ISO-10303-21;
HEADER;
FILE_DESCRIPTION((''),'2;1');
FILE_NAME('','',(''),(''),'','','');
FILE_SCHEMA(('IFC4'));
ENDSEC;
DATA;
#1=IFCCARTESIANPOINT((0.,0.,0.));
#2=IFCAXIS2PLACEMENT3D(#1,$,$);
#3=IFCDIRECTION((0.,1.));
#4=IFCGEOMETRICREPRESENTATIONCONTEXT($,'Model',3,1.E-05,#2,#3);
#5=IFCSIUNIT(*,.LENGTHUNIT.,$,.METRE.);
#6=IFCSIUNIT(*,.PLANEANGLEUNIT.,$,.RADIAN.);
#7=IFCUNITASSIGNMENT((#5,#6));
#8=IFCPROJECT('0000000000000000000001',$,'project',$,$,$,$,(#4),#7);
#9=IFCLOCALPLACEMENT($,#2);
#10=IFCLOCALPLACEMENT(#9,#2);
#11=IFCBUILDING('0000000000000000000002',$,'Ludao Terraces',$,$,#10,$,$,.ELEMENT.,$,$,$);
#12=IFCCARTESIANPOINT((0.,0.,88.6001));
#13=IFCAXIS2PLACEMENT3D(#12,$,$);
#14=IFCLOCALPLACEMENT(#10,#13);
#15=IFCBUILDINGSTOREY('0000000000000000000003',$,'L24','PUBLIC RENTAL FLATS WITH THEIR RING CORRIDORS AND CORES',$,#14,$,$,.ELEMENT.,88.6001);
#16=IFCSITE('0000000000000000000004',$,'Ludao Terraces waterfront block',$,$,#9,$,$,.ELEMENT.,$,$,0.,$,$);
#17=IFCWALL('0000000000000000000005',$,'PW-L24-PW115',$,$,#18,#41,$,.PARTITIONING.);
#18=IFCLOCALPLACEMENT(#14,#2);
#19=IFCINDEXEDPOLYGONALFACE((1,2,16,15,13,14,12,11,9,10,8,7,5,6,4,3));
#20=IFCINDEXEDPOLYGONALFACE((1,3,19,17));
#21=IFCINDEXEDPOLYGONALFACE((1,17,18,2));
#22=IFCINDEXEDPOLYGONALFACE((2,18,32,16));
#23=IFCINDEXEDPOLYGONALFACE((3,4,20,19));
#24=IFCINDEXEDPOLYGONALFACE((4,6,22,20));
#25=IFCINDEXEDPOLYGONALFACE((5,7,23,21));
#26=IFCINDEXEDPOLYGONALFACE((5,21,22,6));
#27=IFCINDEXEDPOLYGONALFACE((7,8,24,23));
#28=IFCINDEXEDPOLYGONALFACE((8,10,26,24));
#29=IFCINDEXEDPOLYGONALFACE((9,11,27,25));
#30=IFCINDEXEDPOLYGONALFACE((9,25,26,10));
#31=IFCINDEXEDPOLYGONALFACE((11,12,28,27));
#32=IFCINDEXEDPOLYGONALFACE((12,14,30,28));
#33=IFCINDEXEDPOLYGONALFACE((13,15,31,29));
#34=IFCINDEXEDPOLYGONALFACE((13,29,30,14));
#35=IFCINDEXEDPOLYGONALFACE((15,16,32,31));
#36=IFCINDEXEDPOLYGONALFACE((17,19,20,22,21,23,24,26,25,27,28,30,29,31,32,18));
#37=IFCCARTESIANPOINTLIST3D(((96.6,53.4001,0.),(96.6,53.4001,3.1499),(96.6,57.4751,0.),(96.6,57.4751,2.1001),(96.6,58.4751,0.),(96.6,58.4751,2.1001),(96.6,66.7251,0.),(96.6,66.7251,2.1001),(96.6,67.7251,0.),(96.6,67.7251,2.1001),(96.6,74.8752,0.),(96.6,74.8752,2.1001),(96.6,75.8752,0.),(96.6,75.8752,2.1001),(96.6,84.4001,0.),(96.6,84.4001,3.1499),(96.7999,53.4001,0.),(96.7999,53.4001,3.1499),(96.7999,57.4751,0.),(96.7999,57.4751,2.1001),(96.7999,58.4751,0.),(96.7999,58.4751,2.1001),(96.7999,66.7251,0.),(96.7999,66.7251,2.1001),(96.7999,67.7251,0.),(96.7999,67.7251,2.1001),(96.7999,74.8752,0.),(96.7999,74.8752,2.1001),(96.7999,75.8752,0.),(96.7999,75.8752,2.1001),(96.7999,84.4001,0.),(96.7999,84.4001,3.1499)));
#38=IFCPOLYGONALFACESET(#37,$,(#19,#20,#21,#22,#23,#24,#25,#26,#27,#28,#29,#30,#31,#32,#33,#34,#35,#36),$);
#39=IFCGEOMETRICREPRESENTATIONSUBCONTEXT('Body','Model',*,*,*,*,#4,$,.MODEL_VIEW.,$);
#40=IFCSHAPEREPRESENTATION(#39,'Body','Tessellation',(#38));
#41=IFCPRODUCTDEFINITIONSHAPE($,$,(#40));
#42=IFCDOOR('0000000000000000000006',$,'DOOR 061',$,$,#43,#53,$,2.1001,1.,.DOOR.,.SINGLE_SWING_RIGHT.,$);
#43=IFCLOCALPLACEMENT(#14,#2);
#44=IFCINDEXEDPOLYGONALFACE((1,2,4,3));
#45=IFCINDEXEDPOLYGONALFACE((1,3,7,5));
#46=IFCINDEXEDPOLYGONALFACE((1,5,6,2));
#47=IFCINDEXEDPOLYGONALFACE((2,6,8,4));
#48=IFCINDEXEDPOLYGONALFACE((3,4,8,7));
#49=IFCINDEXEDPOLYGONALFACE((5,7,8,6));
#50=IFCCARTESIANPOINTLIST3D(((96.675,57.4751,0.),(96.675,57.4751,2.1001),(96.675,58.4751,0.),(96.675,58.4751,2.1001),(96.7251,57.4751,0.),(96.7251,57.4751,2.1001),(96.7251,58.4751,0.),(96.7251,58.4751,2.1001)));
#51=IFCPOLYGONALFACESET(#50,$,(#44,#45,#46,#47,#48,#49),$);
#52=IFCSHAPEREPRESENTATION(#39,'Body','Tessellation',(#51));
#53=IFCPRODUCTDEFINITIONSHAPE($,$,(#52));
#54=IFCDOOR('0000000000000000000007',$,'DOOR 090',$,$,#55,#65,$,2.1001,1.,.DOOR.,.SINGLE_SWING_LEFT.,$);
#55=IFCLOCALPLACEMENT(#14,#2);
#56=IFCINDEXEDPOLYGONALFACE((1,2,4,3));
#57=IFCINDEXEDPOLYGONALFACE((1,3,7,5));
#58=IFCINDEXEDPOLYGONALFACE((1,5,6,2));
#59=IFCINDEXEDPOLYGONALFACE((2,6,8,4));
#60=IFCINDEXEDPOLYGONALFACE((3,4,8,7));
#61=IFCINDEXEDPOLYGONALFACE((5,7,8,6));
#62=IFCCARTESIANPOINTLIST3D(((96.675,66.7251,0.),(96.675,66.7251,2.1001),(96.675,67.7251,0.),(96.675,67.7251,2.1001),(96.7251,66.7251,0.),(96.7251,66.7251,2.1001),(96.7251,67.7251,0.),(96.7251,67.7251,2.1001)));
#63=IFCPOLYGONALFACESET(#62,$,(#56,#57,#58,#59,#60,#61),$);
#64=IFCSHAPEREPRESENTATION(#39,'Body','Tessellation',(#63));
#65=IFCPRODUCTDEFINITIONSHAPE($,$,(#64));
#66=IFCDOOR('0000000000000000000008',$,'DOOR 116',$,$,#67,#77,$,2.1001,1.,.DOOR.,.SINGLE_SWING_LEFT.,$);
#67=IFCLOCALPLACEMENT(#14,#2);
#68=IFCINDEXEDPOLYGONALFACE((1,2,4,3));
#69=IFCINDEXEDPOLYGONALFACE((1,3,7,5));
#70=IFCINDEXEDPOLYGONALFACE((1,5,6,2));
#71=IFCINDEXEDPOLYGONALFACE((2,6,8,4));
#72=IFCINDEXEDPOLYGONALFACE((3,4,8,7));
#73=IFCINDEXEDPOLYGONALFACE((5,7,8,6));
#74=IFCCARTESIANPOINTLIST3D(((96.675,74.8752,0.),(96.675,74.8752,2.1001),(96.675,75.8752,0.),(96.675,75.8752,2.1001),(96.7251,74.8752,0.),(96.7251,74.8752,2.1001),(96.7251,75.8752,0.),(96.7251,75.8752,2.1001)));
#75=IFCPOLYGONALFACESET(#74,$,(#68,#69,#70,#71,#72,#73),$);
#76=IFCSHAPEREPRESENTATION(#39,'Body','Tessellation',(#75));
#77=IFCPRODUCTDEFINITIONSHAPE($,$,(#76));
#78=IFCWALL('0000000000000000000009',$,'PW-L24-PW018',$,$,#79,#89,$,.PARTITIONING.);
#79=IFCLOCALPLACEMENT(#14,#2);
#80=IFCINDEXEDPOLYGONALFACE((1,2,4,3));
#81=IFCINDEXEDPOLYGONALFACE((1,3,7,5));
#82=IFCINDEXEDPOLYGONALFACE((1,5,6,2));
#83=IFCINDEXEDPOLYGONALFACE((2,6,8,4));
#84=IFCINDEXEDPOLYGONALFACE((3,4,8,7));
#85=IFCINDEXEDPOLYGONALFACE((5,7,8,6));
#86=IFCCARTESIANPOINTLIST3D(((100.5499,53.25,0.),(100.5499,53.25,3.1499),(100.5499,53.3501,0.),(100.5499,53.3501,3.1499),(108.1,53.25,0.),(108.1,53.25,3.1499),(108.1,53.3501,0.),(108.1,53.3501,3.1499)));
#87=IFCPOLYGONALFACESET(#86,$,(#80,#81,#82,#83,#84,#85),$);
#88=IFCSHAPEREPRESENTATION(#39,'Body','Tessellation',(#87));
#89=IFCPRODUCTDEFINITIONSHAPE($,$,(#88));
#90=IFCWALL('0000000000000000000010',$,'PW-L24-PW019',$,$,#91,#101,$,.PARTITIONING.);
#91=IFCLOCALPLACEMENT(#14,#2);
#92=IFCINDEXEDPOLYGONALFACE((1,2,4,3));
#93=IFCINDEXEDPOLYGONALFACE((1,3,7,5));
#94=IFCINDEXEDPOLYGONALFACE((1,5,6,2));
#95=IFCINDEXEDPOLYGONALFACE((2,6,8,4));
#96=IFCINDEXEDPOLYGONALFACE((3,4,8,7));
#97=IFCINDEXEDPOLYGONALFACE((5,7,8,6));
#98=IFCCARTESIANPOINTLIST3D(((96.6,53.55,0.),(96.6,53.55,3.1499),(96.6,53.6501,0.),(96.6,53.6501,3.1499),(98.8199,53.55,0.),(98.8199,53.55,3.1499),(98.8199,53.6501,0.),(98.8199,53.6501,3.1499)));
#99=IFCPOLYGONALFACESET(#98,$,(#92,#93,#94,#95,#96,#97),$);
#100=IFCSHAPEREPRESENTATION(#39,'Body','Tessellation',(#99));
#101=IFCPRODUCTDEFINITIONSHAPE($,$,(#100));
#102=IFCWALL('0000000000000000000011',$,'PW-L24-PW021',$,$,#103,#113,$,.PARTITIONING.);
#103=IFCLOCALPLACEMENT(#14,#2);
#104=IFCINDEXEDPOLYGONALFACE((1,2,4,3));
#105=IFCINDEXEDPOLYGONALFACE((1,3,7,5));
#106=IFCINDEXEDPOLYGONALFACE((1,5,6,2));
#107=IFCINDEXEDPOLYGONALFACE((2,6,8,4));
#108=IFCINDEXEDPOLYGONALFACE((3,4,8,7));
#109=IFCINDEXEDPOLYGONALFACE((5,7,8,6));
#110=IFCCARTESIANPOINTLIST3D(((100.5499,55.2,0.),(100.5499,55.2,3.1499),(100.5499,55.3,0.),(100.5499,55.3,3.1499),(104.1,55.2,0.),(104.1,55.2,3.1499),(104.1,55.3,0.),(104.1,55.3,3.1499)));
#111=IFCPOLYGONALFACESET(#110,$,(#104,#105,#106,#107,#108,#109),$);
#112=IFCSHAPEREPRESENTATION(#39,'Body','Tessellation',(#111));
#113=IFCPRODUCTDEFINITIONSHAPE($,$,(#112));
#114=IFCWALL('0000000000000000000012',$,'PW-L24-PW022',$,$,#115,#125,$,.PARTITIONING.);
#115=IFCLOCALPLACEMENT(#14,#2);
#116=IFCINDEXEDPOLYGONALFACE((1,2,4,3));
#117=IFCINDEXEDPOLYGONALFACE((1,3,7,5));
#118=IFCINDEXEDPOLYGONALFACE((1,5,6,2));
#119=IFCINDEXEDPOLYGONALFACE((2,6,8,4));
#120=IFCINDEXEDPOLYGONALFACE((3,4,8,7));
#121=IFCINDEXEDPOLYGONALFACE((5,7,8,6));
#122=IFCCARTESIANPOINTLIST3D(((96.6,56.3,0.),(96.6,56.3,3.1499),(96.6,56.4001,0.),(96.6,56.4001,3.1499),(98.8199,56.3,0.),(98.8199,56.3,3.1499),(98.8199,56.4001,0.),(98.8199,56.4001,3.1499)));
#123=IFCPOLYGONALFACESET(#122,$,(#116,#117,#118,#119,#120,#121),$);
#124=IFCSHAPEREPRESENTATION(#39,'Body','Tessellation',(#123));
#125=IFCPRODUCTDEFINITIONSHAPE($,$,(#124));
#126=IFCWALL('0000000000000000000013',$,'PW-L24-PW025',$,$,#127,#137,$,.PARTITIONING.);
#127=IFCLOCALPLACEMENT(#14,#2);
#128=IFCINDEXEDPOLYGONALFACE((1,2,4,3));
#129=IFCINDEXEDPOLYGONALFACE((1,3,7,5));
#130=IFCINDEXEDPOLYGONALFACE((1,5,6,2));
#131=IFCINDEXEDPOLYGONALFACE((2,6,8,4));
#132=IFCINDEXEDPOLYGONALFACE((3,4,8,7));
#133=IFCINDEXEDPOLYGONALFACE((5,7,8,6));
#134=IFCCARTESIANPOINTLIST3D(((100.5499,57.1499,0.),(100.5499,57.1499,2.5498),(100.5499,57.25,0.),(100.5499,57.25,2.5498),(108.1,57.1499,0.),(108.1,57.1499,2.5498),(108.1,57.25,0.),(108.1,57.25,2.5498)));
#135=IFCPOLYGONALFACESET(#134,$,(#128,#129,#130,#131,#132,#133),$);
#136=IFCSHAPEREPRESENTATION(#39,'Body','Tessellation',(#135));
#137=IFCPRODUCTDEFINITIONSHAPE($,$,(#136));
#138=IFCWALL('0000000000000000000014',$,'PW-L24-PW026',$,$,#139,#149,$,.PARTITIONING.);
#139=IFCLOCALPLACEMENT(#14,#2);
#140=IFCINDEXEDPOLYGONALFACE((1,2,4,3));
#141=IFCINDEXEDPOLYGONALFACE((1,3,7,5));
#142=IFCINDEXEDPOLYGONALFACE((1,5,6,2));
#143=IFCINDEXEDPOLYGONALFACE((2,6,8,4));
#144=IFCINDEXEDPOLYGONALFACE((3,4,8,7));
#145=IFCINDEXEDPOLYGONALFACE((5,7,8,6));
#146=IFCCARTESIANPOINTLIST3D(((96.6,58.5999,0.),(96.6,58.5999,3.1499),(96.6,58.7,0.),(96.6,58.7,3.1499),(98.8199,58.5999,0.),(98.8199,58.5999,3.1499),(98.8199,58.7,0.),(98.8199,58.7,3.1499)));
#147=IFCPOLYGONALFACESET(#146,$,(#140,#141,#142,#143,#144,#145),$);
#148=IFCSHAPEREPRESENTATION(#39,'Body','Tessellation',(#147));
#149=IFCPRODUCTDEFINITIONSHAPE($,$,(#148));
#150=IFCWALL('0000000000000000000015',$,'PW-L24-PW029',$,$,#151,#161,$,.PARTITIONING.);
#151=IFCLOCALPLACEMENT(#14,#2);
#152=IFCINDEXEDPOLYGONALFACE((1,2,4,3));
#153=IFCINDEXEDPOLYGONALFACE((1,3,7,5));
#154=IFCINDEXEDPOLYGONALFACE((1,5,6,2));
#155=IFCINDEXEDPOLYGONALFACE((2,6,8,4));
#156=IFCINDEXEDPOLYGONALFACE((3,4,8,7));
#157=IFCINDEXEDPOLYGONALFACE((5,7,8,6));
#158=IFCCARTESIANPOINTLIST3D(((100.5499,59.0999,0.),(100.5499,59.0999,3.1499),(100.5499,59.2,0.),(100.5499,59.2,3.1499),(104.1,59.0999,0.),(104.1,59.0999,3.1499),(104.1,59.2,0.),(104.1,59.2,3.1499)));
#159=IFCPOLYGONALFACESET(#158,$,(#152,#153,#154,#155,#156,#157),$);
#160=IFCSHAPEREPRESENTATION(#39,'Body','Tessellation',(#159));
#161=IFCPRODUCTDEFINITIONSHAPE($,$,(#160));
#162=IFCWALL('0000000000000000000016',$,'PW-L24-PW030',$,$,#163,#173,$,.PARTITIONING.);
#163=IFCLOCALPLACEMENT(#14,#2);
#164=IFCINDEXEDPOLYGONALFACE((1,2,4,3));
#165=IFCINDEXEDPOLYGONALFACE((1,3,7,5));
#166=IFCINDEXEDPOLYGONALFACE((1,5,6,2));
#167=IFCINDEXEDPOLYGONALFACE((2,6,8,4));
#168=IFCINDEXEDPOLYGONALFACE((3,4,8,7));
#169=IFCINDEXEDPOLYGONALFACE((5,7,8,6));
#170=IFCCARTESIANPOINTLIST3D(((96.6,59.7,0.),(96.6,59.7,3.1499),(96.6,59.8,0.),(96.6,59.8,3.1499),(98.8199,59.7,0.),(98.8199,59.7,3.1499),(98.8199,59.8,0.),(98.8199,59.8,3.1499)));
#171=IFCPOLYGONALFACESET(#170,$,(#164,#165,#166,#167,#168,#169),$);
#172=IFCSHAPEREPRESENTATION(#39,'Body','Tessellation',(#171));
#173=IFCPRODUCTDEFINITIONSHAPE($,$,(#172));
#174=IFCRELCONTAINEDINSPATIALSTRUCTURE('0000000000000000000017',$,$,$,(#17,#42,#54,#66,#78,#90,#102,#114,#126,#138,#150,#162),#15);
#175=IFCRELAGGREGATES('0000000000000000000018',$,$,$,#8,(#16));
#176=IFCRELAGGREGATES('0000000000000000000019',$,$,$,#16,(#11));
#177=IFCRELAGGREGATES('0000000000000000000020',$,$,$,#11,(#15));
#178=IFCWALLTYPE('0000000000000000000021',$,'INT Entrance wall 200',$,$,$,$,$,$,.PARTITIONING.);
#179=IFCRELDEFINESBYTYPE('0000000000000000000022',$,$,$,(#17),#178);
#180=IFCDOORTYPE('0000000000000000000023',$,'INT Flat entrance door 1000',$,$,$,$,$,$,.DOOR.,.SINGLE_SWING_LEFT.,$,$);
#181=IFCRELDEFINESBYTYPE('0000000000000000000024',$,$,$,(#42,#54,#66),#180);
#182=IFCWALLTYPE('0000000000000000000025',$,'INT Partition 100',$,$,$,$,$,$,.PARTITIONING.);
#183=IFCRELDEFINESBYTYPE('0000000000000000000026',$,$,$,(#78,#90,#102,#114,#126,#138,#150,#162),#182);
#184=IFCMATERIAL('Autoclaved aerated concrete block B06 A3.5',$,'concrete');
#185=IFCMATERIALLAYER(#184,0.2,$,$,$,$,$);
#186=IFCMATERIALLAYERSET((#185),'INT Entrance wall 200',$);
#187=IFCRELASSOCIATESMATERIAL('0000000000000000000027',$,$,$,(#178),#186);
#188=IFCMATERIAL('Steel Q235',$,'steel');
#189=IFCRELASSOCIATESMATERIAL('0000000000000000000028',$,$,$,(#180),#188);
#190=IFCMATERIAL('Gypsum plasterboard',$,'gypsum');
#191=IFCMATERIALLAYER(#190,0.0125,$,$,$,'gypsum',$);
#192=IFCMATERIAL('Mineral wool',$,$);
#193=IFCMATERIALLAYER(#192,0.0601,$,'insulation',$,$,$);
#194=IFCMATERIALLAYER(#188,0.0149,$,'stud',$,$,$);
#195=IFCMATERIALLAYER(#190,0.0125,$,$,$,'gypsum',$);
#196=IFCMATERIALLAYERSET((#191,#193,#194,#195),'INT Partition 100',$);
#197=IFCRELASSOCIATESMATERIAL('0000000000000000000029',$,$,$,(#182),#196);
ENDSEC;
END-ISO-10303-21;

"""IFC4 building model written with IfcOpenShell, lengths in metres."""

from ifc_helpers import new_model, si_unit, direction, frame, frame_2d, origin, place, context, subcontext, project, spatial, rectangle, extrude, material, layer, layer_set, type_object, element, fill, save


model = new_model("IFC4")

# Units and contexts
model_context = context("Model", 3, precision=1e-05, world=origin(), true_north=direction((0.0, 1.0)))
body_context = subcontext(model_context, "Body", "Model", "MODEL_VIEW")
ifc_project = project(units=[si_unit("LENGTHUNIT", "METRE"), si_unit("PLANEANGLEUNIT", "RADIAN")], contexts=[model_context])

# Site, building, storey
site_placement = place(None, origin())
site = spatial("IfcSite", under=ifc_project, at=site_placement, Name="Ludao Terraces waterfront block", CompositionType="ELEMENT", RefElevation=0.0)
building_placement = place(site_placement, origin())
building = spatial("IfcBuilding", under=site, at=building_placement, Name="Ludao Terraces", CompositionType="ELEMENT")
storey_placement = place(building_placement, frame((0.0, 0.0, 88.6001)))
storey = spatial("IfcBuildingStorey", under=building, at=storey_placement, Name="L24", Description="PUBLIC RENTAL FLATS WITH THEIR RING CORRIDORS AND CORES", CompositionType="ELEMENT", Elevation=88.6001)

# Wall, openings, doors
ifc_material_1 = material(Name="Autoclaved aerated concrete block B06 A3.5", Category="concrete")
ifc_layer_1 = layer(ifc_material_1, 0.2)
ifc_layer_set_1 = layer_set([ifc_layer_1], Name="INT Entrance wall 200")
wall_type_1 = type_object("IfcWallType", Name="INT Entrance wall 200", PredefinedType="PARTITIONING", material=ifc_layer_set_1)
wall_1_placement = place(storey_placement, frame((96.7, 53.4001, 0.0), z_axis=(0.0, 0.0, 1.0), x_axis=(0.0, 1.0, 0.0)))
wall_1 = element("IfcWall", 1, at=wall_1_placement, inside=storey, type_object=wall_type_1, Name="PW-L24-PW115", PredefinedType="PARTITIONING", context=body_context, shape_type="SweptSolid", body=[
    extrude(rectangle(XDim=31.0, YDim=0.2, at=frame_2d((15.5, 0.0))), origin(), (0.0, 0.0, 1.0), 3.1499),
])
opening_1_placement = place(wall_1_placement, frame((4.075, 0.0, 0.0)))
opening_1 = element("IfcOpeningElement", 2, at=opening_1_placement, cuts=wall_1, PredefinedType="OPENING", context=body_context, shape_type="SweptSolid", body=[
    extrude(rectangle(XDim=1.0, YDim=2.1001, at=frame_2d((0.5, 1.05))), frame((0.0, 0.1099, 0.0), z_axis=(0.0, -1.0, 0.0), x_axis=(1.0, 0.0, 0.0)), (0.0, 0.0, 1.0), 0.22),
])
opening_2_placement = place(wall_1_placement, frame((13.325, 0.0, 0.0)))
opening_2 = element("IfcOpeningElement", 3, at=opening_2_placement, cuts=wall_1, PredefinedType="OPENING", context=body_context, shape_type="SweptSolid", body=[
    extrude(rectangle(XDim=1.0, YDim=2.1001, at=frame_2d((0.5, 1.05))), frame((0.0, 0.1099, 0.0), z_axis=(0.0, -1.0, 0.0), x_axis=(1.0, 0.0, 0.0)), (0.0, 0.0, 1.0), 0.22),
])
opening_3_placement = place(wall_1_placement, frame((21.4751, 0.0, 0.0)))
opening_3 = element("IfcOpeningElement", 4, at=opening_3_placement, cuts=wall_1, PredefinedType="OPENING", context=body_context, shape_type="SweptSolid", body=[
    extrude(rectangle(XDim=1.0, YDim=2.1001, at=frame_2d((0.5, 1.05))), frame((0.0, 0.1099, 0.0), z_axis=(0.0, -1.0, 0.0), x_axis=(1.0, 0.0, 0.0)), (0.0, 0.0, 1.0), 0.22),
])
ifc_material_2 = material(Name="Steel Q235", Category="steel")
door_type_1 = type_object("IfcDoorType", Name="INT Flat entrance door 1000", OperationType="SINGLE_SWING_LEFT", PredefinedType="DOOR", material=ifc_material_2)
door_1_placement = place(opening_1_placement, origin())
door_1 = element("IfcDoor", 5, at=door_1_placement, inside=storey, type_object=door_type_1, Name="DOOR 061", OperationType="SINGLE_SWING_RIGHT", OverallHeight=2.1001, OverallWidth=1.0, PredefinedType="DOOR", context=body_context, shape_type="SweptSolid", body=[
    extrude(rectangle(XDim=1.0, YDim=2.1001, at=frame_2d((0.5, 1.05))), frame((0.0, 0.0249, 0.0), z_axis=(0.0, -1.0, 0.0), x_axis=(1.0, 0.0, 0.0)), (0.0, 0.0, 1.0), 0.05),
])
fill(opening_1, door_1)
door_2_placement = place(opening_2_placement, origin())
door_2 = element("IfcDoor", 6, at=door_2_placement, inside=storey, type_object=door_type_1, Name="DOOR 090", OperationType="SINGLE_SWING_LEFT", OverallHeight=2.1001, OverallWidth=1.0, PredefinedType="DOOR", context=body_context, shape_type="SweptSolid", body=[
    extrude(rectangle(XDim=1.0, YDim=2.1001, at=frame_2d((0.5, 1.05))), frame((0.0, 0.0249, 0.0), z_axis=(0.0, -1.0, 0.0), x_axis=(1.0, 0.0, 0.0)), (0.0, 0.0, 1.0), 0.05),
])
fill(opening_2, door_2)
door_3_placement = place(opening_3_placement, origin())
door_3 = element("IfcDoor", 7, at=door_3_placement, inside=storey, type_object=door_type_1, Name="DOOR 116", OperationType="SINGLE_SWING_LEFT", OverallHeight=2.1001, OverallWidth=1.0, PredefinedType="DOOR", context=body_context, shape_type="SweptSolid", body=[
    extrude(rectangle(XDim=1.0, YDim=2.1001, at=frame_2d((0.5, 1.05))), frame((0.0, 0.0249, 0.0), z_axis=(0.0, -1.0, 0.0), x_axis=(1.0, 0.0, 0.0)), (0.0, 0.0, 1.0), 0.05),
])
fill(opening_3, door_3)

# Walls
ifc_material_3 = material(Name="Gypsum plasterboard", Category="gypsum")
ifc_layer_2 = layer(ifc_material_3, 0.0125, Category="gypsum")
ifc_material_4 = material(Name="Mineral wool")
ifc_layer_3 = layer(ifc_material_4, 0.0601, Name="insulation")
ifc_layer_4 = layer(ifc_material_2, 0.0149, Name="stud")
ifc_layer_5 = layer(ifc_material_3, 0.0125, Category="gypsum")
ifc_layer_set_2 = layer_set([ifc_layer_2, ifc_layer_3, ifc_layer_4, ifc_layer_5], Name="INT Partition 100")
wall_type_2 = type_object("IfcWallType", Name="INT Partition 100", PredefinedType="PARTITIONING", material=ifc_layer_set_2)
wall_2_placement = place(storey_placement, frame((100.55, 53.3, 0.0), z_axis=(0.0, 0.0, 1.0), x_axis=(1.0, 0.0, 0.0)))
element("IfcWall", 8, at=wall_2_placement, inside=storey, type_object=wall_type_2, Name="PW-L24-PW018", PredefinedType="PARTITIONING", context=body_context, shape_type="SweptSolid", body=[
    extrude(rectangle(XDim=7.55, YDim=0.1001, at=frame_2d((3.7749, 0.0))), origin(), (0.0, 0.0, 1.0), 3.1499),
])
wall_3_placement = place(storey_placement, frame((96.6001, 53.6001, 0.0), z_axis=(0.0, 0.0, 1.0), x_axis=(1.0, 0.0, 0.0)))
element("IfcWall", 9, at=wall_3_placement, inside=storey, type_object=wall_type_2, Name="PW-L24-PW019", PredefinedType="PARTITIONING", context=body_context, shape_type="SweptSolid", body=[
    extrude(rectangle(XDim=2.22, YDim=0.1001, at=frame_2d((1.1099, 0.0))), origin(), (0.0, 0.0, 1.0), 3.1499),
])
wall_4_placement = place(storey_placement, frame((100.55, 55.25, 0.0), z_axis=(0.0, 0.0, 1.0), x_axis=(1.0, 0.0, 0.0)))
element("IfcWall", 10, at=wall_4_placement, inside=storey, type_object=wall_type_2, Name="PW-L24-PW021", PredefinedType="PARTITIONING", context=body_context, shape_type="SweptSolid", body=[
    extrude(rectangle(XDim=3.55, YDim=0.1001, at=frame_2d((1.7749, 0.0))), origin(), (0.0, 0.0, 1.0), 3.1499),
])
wall_5_placement = place(storey_placement, frame((96.6001, 56.3501, 0.0), z_axis=(0.0, 0.0, 1.0), x_axis=(1.0, 0.0, 0.0)))
element("IfcWall", 11, at=wall_5_placement, inside=storey, type_object=wall_type_2, Name="PW-L24-PW022", PredefinedType="PARTITIONING", context=body_context, shape_type="SweptSolid", body=[
    extrude(rectangle(XDim=2.22, YDim=0.1001, at=frame_2d((1.1099, 0.0))), origin(), (0.0, 0.0, 1.0), 3.1499),
])
wall_6_placement = place(storey_placement, frame((100.55, 57.2, 0.0), z_axis=(0.0, 0.0, 1.0), x_axis=(1.0, 0.0, 0.0)))
element("IfcWall", 12, at=wall_6_placement, inside=storey, type_object=wall_type_2, Name="PW-L24-PW025", PredefinedType="PARTITIONING", context=body_context, shape_type="SweptSolid", body=[
    extrude(rectangle(XDim=7.55, YDim=0.1001, at=frame_2d((3.7749, 0.0))), origin(), (0.0, 0.0, 1.0), 2.5498),
])
wall_7_placement = place(storey_placement, frame((96.6001, 58.6499, 0.0), z_axis=(0.0, 0.0, 1.0), x_axis=(1.0, 0.0, 0.0)))
element("IfcWall", 13, at=wall_7_placement, inside=storey, type_object=wall_type_2, Name="PW-L24-PW026", PredefinedType="PARTITIONING", context=body_context, shape_type="SweptSolid", body=[
    extrude(rectangle(XDim=2.22, YDim=0.1001, at=frame_2d((1.1099, 0.0))), origin(), (0.0, 0.0, 1.0), 3.1499),
])
wall_8_placement = place(storey_placement, frame((100.55, 59.1499, 0.0), z_axis=(0.0, 0.0, 1.0), x_axis=(1.0, 0.0, 0.0)))
element("IfcWall", 14, at=wall_8_placement, inside=storey, type_object=wall_type_2, Name="PW-L24-PW029", PredefinedType="PARTITIONING", context=body_context, shape_type="SweptSolid", body=[
    extrude(rectangle(XDim=3.55, YDim=0.1001, at=frame_2d((1.7749, 0.0))), origin(), (0.0, 0.0, 1.0), 3.1499),
])
wall_9_placement = place(storey_placement, frame((96.6001, 59.75, 0.0), z_axis=(0.0, 0.0, 1.0), x_axis=(1.0, 0.0, 0.0)))
element("IfcWall", 15, at=wall_9_placement, inside=storey, type_object=wall_type_2, Name="PW-L24-PW030", PredefinedType="PARTITIONING", context=body_context, shape_type="SweptSolid", body=[
    extrude(rectangle(XDim=2.22, YDim=0.1001, at=frame_2d((1.1099, 0.0))), origin(), (0.0, 0.0, 1.0), 3.1499),
])

save(model, "model.ifc")
